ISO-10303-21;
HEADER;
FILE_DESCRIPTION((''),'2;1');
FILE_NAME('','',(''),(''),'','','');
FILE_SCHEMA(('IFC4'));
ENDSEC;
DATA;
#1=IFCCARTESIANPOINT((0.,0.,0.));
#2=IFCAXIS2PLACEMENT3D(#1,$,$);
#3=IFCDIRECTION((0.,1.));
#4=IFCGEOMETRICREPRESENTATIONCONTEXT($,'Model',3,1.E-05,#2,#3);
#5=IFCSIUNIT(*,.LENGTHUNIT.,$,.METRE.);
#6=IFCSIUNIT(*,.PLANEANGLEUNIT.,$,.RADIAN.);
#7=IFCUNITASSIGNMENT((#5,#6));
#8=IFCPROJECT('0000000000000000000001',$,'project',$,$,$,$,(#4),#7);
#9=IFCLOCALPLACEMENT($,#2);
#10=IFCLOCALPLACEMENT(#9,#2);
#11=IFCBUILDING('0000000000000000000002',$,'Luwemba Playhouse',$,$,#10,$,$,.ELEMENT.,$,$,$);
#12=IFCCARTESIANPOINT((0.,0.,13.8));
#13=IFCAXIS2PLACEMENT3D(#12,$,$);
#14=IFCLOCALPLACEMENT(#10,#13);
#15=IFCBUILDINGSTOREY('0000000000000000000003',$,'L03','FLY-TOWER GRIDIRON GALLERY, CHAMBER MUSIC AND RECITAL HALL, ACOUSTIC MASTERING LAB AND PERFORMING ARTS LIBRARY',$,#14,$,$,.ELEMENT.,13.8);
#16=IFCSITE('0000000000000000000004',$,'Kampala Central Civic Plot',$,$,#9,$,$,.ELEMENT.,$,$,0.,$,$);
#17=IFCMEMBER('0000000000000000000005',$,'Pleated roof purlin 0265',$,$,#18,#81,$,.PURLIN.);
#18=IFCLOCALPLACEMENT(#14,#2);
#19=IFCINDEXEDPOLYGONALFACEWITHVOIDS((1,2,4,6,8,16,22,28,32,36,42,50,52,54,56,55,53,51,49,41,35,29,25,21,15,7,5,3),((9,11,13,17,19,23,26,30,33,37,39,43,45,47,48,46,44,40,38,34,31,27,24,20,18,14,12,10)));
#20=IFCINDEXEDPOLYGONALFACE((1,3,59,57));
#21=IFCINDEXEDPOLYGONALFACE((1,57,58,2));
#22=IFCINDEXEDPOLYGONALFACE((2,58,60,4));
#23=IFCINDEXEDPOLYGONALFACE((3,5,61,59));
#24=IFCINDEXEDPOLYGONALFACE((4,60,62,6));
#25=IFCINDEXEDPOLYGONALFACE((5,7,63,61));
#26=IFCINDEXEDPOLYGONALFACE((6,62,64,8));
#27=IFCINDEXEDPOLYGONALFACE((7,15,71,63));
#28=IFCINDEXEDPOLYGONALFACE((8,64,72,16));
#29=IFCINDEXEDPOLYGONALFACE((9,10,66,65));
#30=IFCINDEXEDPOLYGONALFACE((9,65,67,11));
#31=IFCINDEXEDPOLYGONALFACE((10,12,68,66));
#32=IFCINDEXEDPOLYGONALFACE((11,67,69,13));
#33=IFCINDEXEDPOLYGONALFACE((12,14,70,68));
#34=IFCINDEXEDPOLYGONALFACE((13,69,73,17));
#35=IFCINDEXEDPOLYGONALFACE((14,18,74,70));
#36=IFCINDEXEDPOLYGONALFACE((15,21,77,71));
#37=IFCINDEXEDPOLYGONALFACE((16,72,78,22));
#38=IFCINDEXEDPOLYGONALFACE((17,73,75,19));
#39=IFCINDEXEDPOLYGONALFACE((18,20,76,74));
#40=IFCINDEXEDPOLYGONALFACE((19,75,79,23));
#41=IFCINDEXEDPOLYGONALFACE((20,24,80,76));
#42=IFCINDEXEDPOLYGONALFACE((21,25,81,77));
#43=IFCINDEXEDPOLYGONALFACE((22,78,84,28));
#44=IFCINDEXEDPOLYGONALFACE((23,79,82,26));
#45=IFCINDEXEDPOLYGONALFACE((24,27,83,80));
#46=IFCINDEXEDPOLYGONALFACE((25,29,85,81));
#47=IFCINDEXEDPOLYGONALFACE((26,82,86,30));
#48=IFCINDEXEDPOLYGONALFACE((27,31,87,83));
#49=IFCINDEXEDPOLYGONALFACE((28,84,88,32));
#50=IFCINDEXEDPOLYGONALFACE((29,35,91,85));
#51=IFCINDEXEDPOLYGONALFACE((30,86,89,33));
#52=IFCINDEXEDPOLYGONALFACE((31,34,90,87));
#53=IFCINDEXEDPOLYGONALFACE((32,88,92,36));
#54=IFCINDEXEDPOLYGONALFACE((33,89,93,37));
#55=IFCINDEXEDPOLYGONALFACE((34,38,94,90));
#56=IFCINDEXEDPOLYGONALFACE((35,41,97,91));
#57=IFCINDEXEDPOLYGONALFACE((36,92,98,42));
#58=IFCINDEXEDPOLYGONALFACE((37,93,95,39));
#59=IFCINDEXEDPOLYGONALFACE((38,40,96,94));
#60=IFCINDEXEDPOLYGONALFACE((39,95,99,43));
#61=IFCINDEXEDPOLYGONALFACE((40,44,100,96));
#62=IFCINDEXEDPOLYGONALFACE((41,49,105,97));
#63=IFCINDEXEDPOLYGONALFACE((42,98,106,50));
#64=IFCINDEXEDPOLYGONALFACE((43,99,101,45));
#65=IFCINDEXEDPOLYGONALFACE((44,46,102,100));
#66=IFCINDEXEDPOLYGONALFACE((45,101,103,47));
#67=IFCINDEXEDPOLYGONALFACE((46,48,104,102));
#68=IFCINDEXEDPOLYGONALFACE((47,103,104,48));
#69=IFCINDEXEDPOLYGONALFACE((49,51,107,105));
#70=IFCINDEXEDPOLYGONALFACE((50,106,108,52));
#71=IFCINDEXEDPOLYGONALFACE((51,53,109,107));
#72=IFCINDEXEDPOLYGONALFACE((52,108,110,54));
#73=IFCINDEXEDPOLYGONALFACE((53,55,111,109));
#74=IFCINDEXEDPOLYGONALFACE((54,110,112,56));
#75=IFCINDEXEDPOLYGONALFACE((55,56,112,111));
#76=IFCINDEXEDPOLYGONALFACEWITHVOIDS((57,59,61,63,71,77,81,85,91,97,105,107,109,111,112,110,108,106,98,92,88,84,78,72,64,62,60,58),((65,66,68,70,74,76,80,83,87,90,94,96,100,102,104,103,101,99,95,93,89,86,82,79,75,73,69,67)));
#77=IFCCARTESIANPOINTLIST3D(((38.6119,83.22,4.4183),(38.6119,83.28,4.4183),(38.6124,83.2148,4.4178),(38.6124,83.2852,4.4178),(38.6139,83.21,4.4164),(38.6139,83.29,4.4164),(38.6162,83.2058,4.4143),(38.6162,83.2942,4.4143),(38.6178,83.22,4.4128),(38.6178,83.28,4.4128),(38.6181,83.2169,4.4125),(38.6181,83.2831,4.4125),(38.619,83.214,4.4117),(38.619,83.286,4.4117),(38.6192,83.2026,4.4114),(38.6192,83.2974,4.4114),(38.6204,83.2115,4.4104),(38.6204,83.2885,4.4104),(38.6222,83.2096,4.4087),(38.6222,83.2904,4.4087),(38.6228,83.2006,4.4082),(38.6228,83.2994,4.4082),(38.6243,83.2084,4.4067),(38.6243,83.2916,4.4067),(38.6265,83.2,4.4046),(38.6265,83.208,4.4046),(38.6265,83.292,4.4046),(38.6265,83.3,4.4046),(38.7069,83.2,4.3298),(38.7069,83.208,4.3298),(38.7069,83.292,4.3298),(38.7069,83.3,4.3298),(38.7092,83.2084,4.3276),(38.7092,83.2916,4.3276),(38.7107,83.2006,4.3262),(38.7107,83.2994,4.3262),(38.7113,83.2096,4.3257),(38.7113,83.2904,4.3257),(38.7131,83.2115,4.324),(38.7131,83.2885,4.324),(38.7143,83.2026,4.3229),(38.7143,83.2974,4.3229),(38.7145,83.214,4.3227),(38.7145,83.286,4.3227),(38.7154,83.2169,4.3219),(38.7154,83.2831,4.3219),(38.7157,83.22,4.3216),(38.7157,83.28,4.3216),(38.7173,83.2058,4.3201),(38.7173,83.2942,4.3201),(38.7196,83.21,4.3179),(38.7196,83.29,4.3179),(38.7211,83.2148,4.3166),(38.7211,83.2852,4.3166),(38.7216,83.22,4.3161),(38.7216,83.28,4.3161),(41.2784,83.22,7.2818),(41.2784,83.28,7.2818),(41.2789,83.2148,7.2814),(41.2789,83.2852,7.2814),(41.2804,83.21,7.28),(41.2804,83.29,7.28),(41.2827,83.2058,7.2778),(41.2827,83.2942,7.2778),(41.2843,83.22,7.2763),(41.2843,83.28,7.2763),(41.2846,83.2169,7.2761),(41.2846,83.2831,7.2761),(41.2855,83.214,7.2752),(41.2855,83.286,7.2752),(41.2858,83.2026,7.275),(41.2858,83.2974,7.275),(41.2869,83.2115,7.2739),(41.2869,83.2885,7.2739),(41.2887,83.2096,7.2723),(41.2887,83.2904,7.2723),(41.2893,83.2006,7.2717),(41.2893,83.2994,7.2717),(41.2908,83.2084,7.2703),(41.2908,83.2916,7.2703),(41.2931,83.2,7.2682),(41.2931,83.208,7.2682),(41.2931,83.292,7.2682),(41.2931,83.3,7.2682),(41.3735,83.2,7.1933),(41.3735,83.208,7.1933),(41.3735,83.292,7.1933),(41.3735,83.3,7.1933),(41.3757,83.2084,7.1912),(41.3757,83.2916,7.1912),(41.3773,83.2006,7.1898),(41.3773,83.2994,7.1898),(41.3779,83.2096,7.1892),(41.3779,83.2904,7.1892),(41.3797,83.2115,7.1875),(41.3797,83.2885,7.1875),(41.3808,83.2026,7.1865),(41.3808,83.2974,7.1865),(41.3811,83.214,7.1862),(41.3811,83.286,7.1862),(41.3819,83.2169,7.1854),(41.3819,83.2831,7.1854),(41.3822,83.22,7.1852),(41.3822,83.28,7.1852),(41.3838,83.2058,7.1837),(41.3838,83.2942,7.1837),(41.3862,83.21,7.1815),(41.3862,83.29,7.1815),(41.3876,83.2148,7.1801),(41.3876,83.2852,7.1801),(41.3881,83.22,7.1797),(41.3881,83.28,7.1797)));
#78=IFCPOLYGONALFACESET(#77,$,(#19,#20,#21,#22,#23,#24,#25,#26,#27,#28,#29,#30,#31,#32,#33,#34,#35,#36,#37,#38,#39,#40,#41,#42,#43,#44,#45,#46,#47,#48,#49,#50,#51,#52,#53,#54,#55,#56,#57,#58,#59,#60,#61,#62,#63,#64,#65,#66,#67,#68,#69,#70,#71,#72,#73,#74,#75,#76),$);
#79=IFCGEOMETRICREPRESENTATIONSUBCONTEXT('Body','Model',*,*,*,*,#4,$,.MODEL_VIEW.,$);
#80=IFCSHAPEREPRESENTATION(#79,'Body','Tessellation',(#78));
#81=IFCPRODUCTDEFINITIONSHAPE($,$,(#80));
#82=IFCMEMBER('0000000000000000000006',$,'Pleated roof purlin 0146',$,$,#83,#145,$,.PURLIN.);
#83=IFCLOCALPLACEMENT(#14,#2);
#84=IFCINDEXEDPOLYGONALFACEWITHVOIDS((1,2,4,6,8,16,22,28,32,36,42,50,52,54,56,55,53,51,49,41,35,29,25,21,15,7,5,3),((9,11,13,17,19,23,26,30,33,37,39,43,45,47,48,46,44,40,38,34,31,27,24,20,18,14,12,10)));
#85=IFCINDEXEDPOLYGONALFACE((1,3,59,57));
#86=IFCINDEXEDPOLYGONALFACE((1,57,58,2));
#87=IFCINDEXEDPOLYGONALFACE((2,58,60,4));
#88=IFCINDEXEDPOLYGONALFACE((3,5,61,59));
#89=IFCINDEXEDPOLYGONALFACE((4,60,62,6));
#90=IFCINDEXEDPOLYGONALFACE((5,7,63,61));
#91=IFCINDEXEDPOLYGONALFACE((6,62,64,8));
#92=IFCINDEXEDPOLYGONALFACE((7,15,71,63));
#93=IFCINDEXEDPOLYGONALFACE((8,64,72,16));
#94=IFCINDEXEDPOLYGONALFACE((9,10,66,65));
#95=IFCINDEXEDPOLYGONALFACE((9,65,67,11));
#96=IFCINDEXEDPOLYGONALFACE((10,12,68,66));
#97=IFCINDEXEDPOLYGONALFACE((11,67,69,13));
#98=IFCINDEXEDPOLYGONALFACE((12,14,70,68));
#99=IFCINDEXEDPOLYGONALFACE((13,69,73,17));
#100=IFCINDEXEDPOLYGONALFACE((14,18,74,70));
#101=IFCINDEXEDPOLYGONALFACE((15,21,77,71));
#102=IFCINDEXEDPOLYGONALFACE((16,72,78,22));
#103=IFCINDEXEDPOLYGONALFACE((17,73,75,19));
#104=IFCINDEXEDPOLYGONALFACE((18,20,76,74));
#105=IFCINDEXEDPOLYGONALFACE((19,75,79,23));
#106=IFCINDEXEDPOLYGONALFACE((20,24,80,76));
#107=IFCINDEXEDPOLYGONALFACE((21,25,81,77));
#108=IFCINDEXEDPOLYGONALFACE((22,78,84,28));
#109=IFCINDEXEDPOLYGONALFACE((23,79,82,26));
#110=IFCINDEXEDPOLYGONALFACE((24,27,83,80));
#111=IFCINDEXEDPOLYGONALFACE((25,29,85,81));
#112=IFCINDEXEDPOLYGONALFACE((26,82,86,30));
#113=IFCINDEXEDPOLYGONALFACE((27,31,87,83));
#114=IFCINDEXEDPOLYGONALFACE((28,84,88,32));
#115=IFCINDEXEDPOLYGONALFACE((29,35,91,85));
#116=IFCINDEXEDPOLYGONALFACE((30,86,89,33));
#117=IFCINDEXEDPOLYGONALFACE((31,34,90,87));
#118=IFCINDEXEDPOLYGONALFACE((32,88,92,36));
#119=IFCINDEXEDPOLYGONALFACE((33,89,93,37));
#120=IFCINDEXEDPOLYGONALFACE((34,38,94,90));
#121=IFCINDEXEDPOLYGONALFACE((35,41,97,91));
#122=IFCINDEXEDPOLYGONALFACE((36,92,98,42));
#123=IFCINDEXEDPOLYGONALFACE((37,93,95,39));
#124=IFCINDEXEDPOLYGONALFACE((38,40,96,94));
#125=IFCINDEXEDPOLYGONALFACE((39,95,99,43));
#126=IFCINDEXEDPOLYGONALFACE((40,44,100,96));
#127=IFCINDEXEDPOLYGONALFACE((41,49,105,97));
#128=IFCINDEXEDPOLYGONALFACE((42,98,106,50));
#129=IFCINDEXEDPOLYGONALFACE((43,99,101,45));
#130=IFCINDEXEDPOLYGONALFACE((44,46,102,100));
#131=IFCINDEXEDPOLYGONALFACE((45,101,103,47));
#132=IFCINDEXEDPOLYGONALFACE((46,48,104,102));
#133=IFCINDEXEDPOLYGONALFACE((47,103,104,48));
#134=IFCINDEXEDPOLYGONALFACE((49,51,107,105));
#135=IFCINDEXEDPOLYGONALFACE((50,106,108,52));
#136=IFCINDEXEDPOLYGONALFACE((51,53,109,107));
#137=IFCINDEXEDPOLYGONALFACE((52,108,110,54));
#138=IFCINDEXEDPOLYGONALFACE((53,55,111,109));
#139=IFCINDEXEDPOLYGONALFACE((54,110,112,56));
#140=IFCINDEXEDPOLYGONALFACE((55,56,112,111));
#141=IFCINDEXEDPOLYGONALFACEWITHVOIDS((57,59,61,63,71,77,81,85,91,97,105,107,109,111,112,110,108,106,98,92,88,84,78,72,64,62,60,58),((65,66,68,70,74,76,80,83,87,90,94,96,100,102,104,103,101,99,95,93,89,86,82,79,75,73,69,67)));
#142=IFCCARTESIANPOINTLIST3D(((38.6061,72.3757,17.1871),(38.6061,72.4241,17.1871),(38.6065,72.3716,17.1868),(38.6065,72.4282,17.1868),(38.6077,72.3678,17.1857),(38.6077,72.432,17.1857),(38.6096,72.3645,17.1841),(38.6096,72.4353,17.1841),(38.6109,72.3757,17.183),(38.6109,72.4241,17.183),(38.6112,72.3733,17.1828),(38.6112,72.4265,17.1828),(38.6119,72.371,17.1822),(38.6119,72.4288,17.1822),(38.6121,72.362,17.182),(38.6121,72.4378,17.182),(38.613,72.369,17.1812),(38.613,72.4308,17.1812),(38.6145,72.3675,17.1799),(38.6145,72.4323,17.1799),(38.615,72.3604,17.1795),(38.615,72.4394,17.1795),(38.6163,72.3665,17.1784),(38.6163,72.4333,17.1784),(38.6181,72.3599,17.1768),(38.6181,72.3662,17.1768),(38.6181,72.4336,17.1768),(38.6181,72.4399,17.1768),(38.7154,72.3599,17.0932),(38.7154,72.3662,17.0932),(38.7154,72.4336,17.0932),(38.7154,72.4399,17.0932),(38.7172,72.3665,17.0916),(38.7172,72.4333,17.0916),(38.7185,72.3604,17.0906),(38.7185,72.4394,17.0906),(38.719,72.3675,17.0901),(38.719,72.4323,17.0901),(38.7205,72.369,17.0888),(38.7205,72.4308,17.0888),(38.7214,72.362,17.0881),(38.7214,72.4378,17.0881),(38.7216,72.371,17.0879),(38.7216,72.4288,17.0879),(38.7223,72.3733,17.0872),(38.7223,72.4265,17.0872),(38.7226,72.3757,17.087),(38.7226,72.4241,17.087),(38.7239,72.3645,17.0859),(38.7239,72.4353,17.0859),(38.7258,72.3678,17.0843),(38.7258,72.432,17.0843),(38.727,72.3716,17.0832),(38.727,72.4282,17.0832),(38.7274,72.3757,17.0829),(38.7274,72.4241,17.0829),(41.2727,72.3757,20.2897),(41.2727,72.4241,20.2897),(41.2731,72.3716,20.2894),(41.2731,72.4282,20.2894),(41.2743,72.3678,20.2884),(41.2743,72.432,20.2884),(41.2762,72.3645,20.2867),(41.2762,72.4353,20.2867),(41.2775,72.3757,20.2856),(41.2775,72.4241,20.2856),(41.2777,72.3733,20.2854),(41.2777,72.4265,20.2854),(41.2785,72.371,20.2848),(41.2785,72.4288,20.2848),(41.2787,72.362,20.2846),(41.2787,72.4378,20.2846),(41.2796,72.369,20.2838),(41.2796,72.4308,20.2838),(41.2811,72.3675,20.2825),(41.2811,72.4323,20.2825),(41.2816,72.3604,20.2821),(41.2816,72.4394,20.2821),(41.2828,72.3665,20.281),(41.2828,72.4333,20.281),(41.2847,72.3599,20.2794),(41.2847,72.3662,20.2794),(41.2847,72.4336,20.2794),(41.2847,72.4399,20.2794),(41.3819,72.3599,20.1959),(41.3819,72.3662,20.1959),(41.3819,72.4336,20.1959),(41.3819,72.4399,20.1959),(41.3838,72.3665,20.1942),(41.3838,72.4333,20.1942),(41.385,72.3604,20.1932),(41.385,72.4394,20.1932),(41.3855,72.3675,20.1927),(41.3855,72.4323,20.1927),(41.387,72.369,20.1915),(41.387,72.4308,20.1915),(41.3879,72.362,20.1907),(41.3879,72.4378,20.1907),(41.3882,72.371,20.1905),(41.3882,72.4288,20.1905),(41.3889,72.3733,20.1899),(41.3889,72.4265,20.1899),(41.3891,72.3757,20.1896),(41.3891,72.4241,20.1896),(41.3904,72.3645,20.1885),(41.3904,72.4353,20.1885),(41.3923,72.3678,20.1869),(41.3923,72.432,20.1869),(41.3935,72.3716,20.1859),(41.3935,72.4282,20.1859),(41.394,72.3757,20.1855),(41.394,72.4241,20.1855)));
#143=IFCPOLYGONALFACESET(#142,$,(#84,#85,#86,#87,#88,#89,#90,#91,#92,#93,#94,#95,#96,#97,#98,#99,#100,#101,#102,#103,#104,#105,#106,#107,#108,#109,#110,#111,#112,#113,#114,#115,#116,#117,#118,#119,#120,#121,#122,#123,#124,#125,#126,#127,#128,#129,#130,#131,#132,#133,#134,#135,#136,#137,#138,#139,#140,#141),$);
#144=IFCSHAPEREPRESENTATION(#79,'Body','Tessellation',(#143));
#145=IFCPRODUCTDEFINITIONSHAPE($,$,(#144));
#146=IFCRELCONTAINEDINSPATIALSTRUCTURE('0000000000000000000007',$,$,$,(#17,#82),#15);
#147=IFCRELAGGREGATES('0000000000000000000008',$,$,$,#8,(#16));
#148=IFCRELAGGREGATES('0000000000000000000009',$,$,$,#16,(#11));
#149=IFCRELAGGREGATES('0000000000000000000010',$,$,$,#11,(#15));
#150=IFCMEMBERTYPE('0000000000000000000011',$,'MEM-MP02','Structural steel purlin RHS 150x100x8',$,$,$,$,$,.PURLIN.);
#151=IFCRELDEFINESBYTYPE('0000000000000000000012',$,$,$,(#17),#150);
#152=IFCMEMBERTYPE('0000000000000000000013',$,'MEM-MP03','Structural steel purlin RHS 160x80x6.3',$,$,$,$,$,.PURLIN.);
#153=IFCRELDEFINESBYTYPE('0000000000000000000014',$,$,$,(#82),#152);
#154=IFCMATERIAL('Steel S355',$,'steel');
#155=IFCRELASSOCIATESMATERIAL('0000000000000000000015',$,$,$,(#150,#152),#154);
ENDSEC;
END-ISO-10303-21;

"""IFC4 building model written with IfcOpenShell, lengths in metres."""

from ifc_helpers import new_model, si_unit, direction, frame, origin, origin_2d, place, context, subcontext, project, spatial, hollow_rectangle, extrude, material, material_profile, profile_set, type_object, element, save


model = new_model("IFC4")

# Units and contexts
model_context = context("Model", 3, precision=1e-05, world=origin(), true_north=direction((0.0, 1.0)))
body_context = subcontext(model_context, "Body", "Model", "MODEL_VIEW")
ifc_project = project(units=[si_unit("LENGTHUNIT", "METRE"), si_unit("PLANEANGLEUNIT", "RADIAN")], contexts=[model_context])

# Site, building, storey
site_placement = place(None, origin())
site = spatial("IfcSite", under=ifc_project, at=site_placement, Name="Kampala Central Civic Plot", CompositionType="ELEMENT", RefElevation=0.0)
building_placement = place(site_placement, origin())
building = spatial("IfcBuilding", under=site, at=building_placement, Name="Luwemba Playhouse", CompositionType="ELEMENT")
storey_placement = place(building_placement, frame((0.0, 0.0, 13.8)))
storey = spatial("IfcBuildingStorey", under=building, at=storey_placement, Name="L03", Description="FLY-TOWER GRIDIRON GALLERY, CHAMBER MUSIC AND RECITAL HALL, ACOUSTIC MASTERING LAB AND PERFORMING ARTS LIBRARY", CompositionType="ELEMENT", Elevation=13.8)

# Shared definitions
ifc_material_1 = material(Name="Steel S355", Category="steel")

# Members
ifc_material_profile_1 = material_profile(ifc_material_1, hollow_rectangle(XDim=0.1001, YDim=0.1499, WallThickness=0.0081, InnerFilletRadius=0.012, OuterFilletRadius=0.02, at=origin_2d()))
ifc_profile_set_1 = profile_set([ifc_material_profile_1], Name="Steel S355")
member_type_1 = type_object("IfcMemberType", Name="MEM-MP02", Description="Structural steel purlin RHS 150x100x8", PredefinedType="PURLIN", material=ifc_profile_set_1)
member_1_placement = place(storey_placement, frame((38.6667, 83.25, 4.3672), z_axis=(0.681482, 0.0, 0.731835), x_axis=(0.0, 1.0, 0.0)))
element("IfcMember", 1, at=member_1_placement, inside=storey, type_object=member_type_1, Name="Pleated roof purlin 0265", PredefinedType="PURLIN", context=body_context, shape_type="SweptSolid", body=[
    extrude(hollow_rectangle(XDim=0.1001, YDim=0.1499, WallThickness=0.0081, InnerFilletRadius=0.012, OuterFilletRadius=0.02, at=origin_2d()), origin(), (0.0, 0.0, 1.0), 3.9128),
])
ifc_material_profile_2 = material_profile(ifc_material_1, hollow_rectangle(XDim=0.0801, YDim=0.1599, WallThickness=0.0063, InnerFilletRadius=0.0095, OuterFilletRadius=0.0159, at=origin_2d()))
ifc_profile_set_2 = profile_set([ifc_material_profile_2], Name="Steel S355")
member_type_2 = type_object("IfcMemberType", Name="MEM-MP03", Description="Structural steel purlin RHS 160x80x6.3", PredefinedType="PURLIN", material=ifc_profile_set_2)
member_2_placement = place(storey_placement, frame((38.6667, 72.3999, 17.135), z_axis=(0.651803, 0.0, 0.758388), x_axis=(0.0, 1.0, 0.0)))
element("IfcMember", 2, at=member_2_placement, inside=storey, type_object=member_type_2, Name="Pleated roof purlin 0146", PredefinedType="PURLIN", context=body_context, shape_type="SweptSolid", body=[
    extrude(hollow_rectangle(XDim=0.0801, YDim=0.1599, WallThickness=0.0063, InnerFilletRadius=0.0095, OuterFilletRadius=0.0159, at=origin_2d()), origin(), (0.0, 0.0, 1.0), 4.0911),
])

save(model, "model.ifc")
